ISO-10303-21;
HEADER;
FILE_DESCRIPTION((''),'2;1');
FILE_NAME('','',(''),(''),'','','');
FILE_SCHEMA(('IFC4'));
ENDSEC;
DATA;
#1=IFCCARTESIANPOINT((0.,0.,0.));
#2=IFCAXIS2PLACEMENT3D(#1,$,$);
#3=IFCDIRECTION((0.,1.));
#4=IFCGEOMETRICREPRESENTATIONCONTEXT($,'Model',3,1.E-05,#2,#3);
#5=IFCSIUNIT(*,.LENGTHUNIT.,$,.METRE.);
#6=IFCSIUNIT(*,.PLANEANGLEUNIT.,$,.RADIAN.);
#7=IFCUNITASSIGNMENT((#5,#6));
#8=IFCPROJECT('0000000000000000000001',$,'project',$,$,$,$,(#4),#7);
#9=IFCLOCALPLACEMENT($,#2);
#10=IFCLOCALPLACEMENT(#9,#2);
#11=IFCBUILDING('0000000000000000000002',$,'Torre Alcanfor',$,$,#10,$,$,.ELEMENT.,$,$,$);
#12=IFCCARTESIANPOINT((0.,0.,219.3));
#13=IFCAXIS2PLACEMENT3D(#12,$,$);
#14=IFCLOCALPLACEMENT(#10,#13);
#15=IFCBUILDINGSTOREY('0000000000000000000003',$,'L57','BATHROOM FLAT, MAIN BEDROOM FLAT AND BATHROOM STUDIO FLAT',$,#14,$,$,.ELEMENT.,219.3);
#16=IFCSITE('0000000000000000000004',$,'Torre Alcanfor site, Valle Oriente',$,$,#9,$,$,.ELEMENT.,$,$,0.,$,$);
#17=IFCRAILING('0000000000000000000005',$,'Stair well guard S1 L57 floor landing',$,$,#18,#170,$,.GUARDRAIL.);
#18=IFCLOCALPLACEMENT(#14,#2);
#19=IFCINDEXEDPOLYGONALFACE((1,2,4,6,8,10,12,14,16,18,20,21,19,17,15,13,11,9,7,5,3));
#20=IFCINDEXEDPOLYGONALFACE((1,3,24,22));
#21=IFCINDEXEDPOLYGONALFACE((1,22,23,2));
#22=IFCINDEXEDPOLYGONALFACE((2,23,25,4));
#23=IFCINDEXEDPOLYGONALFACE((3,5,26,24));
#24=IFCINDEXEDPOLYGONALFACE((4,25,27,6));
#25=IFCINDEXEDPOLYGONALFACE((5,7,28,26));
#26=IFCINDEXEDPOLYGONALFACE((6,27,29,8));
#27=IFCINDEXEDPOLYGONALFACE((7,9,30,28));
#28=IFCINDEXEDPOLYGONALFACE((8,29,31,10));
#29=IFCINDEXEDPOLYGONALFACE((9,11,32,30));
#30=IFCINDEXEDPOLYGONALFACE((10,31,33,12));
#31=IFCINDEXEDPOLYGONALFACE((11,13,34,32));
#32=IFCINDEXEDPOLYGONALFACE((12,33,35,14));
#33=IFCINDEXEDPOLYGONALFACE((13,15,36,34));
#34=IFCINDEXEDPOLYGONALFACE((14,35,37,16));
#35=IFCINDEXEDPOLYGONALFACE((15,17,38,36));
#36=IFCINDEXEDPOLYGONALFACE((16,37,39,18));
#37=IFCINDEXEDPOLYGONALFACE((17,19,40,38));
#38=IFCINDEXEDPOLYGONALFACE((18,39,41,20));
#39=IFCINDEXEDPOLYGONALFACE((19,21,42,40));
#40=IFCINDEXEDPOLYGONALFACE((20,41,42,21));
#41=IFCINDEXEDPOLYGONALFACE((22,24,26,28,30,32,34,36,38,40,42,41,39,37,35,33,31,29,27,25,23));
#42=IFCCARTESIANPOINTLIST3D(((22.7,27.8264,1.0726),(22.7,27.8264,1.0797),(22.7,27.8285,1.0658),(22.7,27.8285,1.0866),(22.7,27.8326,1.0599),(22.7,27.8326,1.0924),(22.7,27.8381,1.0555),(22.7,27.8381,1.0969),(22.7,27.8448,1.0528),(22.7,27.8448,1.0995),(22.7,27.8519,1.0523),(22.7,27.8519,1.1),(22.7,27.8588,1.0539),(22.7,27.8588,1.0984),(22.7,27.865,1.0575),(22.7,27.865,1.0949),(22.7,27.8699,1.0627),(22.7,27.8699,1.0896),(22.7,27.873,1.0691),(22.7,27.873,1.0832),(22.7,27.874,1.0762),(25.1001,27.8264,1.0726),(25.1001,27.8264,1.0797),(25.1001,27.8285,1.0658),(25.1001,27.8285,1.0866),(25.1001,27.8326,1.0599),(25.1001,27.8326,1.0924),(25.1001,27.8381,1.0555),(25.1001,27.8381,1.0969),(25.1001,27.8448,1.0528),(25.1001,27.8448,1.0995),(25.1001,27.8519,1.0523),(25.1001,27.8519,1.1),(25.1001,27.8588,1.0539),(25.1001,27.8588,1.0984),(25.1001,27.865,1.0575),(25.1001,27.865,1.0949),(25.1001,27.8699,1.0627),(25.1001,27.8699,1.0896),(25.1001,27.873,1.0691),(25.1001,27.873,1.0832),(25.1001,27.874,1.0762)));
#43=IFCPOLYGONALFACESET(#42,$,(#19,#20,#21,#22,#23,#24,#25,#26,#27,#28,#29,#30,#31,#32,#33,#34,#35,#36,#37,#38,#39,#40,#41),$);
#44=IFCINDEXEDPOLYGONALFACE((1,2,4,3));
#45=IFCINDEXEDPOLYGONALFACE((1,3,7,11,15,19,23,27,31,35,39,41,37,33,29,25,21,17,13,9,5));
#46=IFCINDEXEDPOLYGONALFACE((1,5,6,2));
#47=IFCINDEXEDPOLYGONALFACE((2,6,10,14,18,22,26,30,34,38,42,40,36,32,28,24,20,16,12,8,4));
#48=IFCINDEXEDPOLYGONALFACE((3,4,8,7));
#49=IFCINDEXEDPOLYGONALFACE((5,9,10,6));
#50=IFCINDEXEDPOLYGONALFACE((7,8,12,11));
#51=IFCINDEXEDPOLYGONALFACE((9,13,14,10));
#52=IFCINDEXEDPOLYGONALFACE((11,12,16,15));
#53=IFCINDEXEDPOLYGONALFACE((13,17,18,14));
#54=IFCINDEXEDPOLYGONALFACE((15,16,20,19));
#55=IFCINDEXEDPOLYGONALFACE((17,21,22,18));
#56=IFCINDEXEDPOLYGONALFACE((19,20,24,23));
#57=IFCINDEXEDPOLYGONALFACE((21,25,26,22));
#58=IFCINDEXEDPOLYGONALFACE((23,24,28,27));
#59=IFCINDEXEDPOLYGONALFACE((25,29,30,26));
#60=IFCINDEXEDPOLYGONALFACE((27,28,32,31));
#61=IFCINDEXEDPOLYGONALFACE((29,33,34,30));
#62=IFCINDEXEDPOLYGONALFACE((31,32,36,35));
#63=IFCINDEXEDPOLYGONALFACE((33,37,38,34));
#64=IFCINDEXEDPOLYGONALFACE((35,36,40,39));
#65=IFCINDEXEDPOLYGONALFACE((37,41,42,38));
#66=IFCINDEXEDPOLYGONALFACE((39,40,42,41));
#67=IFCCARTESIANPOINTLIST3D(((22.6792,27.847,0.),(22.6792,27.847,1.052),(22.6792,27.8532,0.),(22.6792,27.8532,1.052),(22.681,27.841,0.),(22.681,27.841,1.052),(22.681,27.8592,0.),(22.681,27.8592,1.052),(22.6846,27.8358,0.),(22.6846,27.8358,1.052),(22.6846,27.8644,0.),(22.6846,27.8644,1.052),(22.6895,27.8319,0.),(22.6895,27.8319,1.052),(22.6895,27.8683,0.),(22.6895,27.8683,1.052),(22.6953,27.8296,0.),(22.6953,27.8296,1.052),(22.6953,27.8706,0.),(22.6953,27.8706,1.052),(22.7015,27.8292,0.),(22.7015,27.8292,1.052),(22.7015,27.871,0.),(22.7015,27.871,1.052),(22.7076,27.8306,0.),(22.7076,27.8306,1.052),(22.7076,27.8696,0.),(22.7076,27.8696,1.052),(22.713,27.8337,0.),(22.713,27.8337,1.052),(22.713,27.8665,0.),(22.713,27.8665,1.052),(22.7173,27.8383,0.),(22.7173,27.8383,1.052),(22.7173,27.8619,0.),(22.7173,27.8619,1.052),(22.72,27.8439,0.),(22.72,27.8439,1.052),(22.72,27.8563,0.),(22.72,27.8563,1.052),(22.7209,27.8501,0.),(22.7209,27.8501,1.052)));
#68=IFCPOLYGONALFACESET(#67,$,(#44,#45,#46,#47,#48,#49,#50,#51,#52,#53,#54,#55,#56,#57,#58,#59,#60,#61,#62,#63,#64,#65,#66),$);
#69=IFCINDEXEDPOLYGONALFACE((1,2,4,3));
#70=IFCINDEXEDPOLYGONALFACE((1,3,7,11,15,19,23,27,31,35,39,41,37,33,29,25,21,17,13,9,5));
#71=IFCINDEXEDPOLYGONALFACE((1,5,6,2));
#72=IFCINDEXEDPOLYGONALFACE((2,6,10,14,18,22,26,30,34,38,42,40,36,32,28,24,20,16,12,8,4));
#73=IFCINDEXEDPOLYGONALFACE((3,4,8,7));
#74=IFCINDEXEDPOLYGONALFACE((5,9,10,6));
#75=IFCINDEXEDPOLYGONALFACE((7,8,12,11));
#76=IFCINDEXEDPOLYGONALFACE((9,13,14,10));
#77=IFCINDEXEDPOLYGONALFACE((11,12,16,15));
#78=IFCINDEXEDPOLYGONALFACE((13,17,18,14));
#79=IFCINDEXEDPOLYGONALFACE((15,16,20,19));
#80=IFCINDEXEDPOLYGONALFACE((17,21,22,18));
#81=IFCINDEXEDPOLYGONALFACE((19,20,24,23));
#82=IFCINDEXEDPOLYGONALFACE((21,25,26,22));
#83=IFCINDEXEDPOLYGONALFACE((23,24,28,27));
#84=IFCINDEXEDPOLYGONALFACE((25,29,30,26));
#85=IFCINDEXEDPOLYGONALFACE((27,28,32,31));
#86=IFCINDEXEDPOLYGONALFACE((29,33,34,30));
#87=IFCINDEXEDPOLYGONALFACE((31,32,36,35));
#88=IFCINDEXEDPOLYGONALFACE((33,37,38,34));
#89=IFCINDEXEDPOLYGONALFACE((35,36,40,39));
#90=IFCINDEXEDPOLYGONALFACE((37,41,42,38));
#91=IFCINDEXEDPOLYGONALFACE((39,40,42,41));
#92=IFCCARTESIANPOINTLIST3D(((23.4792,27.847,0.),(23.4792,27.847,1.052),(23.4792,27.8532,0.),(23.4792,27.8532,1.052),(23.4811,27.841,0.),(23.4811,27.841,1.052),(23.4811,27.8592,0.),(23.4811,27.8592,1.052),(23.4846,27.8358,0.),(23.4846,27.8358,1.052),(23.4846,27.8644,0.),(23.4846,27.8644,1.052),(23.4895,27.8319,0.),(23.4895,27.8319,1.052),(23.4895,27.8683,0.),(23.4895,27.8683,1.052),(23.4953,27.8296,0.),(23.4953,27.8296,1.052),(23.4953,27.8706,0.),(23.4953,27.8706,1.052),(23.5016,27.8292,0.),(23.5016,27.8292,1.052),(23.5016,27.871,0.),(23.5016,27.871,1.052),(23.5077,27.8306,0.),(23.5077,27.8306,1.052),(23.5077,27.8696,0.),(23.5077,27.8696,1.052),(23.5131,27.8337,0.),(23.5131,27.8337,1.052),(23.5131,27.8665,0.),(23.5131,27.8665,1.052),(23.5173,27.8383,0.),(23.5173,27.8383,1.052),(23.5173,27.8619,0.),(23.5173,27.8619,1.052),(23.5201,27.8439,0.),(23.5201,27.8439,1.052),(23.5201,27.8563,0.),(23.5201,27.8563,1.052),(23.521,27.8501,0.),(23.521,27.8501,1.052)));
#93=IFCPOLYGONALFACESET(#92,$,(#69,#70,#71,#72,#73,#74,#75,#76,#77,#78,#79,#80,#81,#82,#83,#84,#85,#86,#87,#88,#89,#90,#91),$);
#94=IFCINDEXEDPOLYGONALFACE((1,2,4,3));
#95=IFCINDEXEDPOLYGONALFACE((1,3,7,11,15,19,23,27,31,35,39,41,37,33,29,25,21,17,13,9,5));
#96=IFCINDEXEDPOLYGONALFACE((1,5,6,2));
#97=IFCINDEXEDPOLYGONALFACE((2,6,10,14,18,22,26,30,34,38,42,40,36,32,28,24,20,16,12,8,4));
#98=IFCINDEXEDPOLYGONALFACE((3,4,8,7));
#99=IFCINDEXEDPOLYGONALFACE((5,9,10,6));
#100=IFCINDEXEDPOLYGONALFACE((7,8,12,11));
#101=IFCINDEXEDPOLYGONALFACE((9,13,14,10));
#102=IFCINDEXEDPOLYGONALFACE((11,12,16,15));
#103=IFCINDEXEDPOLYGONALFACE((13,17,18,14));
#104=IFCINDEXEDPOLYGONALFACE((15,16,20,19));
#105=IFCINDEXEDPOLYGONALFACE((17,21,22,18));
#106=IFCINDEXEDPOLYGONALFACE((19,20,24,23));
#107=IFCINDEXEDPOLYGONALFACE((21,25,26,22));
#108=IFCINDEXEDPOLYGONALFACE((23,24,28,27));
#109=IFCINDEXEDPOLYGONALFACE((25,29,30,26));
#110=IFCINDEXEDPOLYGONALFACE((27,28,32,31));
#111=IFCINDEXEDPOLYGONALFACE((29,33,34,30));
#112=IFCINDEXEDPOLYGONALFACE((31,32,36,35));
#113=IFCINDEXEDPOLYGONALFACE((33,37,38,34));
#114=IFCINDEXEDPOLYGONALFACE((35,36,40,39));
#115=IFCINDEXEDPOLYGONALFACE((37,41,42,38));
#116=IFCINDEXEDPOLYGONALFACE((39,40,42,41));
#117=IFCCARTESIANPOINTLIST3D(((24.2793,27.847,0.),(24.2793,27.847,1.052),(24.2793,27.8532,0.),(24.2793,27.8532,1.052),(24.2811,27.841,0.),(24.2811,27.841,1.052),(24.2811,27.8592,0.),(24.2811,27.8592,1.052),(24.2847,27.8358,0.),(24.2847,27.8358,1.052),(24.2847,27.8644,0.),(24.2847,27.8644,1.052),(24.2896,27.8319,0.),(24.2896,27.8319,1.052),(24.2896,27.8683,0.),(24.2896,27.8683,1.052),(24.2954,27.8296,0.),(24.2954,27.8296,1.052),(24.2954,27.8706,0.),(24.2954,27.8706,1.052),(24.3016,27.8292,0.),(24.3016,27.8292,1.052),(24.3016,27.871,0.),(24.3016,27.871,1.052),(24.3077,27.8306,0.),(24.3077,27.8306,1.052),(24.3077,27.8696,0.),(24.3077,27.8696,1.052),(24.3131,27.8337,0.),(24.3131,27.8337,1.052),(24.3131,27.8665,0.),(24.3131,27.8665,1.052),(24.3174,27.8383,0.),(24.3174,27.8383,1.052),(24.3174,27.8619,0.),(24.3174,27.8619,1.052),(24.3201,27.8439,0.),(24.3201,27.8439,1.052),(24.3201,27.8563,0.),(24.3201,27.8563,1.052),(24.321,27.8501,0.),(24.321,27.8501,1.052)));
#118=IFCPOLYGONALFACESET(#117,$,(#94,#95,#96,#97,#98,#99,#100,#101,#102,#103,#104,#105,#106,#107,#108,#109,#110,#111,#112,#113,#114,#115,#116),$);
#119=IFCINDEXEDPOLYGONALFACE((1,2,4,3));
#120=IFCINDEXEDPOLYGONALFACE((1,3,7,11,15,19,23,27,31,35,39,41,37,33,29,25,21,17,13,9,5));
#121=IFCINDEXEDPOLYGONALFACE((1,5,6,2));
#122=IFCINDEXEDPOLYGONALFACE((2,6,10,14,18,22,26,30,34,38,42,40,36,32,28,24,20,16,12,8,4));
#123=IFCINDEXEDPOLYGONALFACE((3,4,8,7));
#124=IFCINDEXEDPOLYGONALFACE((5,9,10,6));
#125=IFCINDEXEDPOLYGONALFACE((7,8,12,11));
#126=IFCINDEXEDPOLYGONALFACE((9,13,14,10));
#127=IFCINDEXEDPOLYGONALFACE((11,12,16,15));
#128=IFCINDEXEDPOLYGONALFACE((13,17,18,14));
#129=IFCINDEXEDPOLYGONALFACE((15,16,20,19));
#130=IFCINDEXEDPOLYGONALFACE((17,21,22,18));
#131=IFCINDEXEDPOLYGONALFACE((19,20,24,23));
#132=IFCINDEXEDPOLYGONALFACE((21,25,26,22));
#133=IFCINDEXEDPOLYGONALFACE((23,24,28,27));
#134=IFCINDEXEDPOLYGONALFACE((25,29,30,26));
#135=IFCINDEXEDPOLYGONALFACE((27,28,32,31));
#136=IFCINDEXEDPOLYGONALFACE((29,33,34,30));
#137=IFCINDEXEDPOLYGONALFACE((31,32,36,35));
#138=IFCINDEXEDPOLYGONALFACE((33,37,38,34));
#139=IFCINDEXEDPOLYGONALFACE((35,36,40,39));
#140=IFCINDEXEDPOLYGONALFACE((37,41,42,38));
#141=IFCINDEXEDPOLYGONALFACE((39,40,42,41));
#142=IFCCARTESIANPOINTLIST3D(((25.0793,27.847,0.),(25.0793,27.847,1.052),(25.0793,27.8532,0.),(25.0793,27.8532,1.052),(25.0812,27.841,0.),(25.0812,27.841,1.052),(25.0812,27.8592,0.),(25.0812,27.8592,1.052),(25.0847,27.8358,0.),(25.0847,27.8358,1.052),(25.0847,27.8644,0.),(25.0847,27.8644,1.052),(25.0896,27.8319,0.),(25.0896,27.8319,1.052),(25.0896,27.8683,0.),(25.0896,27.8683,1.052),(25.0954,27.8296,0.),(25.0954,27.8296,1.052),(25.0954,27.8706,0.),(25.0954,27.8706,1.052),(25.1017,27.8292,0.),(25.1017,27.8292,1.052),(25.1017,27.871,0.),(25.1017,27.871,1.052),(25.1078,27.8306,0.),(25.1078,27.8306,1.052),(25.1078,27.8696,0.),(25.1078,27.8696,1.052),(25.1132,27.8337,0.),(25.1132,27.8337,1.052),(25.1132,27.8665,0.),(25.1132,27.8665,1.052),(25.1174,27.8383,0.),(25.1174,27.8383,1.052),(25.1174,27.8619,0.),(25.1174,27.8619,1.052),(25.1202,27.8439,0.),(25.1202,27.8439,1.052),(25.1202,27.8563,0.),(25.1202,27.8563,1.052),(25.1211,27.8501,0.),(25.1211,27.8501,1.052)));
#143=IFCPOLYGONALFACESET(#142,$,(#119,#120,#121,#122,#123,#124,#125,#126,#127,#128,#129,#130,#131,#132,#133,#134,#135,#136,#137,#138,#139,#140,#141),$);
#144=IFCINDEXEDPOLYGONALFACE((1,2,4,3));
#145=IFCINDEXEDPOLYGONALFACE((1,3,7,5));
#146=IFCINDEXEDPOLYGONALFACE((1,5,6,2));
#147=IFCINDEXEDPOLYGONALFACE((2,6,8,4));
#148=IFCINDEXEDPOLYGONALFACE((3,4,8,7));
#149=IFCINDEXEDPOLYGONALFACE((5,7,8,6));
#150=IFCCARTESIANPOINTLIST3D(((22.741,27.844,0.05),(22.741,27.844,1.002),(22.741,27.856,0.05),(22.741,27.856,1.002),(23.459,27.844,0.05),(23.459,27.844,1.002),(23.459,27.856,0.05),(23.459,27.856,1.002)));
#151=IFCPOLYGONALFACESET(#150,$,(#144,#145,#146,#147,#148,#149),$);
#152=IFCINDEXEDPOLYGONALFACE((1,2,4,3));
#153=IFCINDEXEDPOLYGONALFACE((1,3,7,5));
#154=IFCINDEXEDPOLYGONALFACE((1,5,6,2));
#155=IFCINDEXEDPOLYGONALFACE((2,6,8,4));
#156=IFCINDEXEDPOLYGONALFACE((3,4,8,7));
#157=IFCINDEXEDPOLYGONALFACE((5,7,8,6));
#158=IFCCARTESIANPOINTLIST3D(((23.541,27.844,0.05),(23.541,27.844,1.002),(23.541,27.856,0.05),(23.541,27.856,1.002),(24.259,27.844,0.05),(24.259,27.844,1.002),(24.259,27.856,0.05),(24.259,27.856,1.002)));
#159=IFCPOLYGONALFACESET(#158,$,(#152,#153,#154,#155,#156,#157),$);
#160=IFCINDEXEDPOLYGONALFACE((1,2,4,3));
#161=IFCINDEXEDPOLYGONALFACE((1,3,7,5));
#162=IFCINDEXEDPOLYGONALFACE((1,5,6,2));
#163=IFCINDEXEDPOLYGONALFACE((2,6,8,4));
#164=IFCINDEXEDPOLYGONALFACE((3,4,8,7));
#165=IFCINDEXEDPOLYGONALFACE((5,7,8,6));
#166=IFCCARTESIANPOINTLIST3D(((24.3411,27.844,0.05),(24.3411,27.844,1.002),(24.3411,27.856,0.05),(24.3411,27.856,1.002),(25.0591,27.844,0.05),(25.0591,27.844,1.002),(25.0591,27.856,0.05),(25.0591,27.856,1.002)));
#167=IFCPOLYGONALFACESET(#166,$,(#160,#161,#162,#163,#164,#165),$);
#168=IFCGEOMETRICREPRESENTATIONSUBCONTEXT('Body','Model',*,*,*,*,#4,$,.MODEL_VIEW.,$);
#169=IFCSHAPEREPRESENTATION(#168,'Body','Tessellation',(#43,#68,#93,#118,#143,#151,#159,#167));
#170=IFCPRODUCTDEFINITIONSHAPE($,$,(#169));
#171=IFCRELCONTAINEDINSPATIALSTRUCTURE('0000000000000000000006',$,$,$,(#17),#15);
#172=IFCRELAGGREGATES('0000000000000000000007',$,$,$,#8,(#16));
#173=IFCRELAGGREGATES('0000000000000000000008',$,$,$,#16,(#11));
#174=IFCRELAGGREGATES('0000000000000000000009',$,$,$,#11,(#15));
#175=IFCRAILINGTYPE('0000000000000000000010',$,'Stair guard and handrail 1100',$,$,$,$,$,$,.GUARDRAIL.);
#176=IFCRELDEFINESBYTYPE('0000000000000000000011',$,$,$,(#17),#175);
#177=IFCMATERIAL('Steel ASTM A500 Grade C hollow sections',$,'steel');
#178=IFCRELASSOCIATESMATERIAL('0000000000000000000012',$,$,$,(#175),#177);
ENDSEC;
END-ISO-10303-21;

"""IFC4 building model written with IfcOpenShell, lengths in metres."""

from ifc_helpers import new_model, si_unit, direction, frame, origin, origin_2d, place, context, subcontext, project, spatial, polyline, circle, outline, extrude, material, type_object, element, save


model = new_model("IFC4")

# Units and contexts
model_context = context("Model", 3, precision=1e-05, world=origin(), true_north=direction((0.0, 1.0)))
body_context = subcontext(model_context, "Body", "Model", "MODEL_VIEW")
ifc_project = project(units=[si_unit("LENGTHUNIT", "METRE"), si_unit("PLANEANGLEUNIT", "RADIAN")], contexts=[model_context])

# Site, building, storey
site_placement = place(None, origin())
site = spatial("IfcSite", under=ifc_project, at=site_placement, Name="Torre Alcanfor site, Valle Oriente", CompositionType="ELEMENT", RefElevation=0.0)
building_placement = place(site_placement, origin())
building = spatial("IfcBuilding", under=site, at=building_placement, Name="Torre Alcanfor", CompositionType="ELEMENT")
storey_placement = place(building_placement, frame((0.0, 0.0, 219.3)))
storey = spatial("IfcBuildingStorey", under=building, at=storey_placement, Name="L57", Description="BATHROOM FLAT, MAIN BEDROOM FLAT AND BATHROOM STUDIO FLAT", CompositionType="ELEMENT", Elevation=219.3)

# Railing
ifc_material_1 = material(Name="Steel ASTM A500 Grade C hollow sections", Category="steel")
railing_type = type_object("IfcRailingType", Name="Stair guard and handrail 1100", PredefinedType="GUARDRAIL", material=ifc_material_1)
railing_1_placement = place(storey_placement, frame((22.7, 27.8501, 0.0)))
element("IfcRailing", 1, at=railing_1_placement, inside=storey, type_object=railing_type, Name="Stair well guard S1 L57 floor landing", PredefinedType="GUARDRAIL", context=body_context, shape_type="SweptSolid", body=[
    extrude(circle(Radius=0.0239, at=origin_2d()), frame((0.0, 0.0, 1.0762), z_axis=(1.0, 0.0, 0.0), x_axis=(0.0, 1.0, 0.0)), (0.0, 0.0, 1.0), 2.4001),
    extrude(circle(Radius=0.021, at=origin_2d()), origin(), (0.0, 0.0, 1.0), 1.052),
    extrude(circle(Radius=0.021, at=origin_2d()), frame((0.8, 0.0, 0.0)), (0.0, 0.0, 1.0), 1.052),
    extrude(circle(Radius=0.021, at=origin_2d()), frame((1.6001, 0.0, 0.0)), (0.0, 0.0, 1.0), 1.052),
    extrude(circle(Radius=0.021, at=origin_2d()), frame((2.4001, 0.0, 0.0)), (0.0, 0.0, 1.0), 1.052),
    extrude(outline(polyline([(0.041, 0.05), (0.759, 0.05), (0.759, 1.002), (0.041, 1.002), (0.041, 0.05)])), frame((0.0, 0.0059, 0.0), z_axis=(0.0, -1.0, 0.0), x_axis=(1.0, 0.0, 0.0)), (0.0, 0.0, 1.0), 0.012),
    extrude(outline(polyline([(0.8411, 0.05), (1.5591, 0.05), (1.5591, 1.002), (0.8411, 1.002), (0.8411, 0.05)])), frame((0.0, 0.0059, 0.0), z_axis=(0.0, -1.0, 0.0), x_axis=(1.0, 0.0, 0.0)), (0.0, 0.0, 1.0), 0.012),
    extrude(outline(polyline([(1.6411, 0.05), (2.3591, 0.05), (2.3591, 1.002), (1.6411, 1.002), (1.6411, 0.05)])), frame((0.0, 0.0059, 0.0), z_axis=(0.0, -1.0, 0.0), x_axis=(1.0, 0.0, 0.0)), (0.0, 0.0, 1.0), 0.012),
])

save(model, "model.ifc")
